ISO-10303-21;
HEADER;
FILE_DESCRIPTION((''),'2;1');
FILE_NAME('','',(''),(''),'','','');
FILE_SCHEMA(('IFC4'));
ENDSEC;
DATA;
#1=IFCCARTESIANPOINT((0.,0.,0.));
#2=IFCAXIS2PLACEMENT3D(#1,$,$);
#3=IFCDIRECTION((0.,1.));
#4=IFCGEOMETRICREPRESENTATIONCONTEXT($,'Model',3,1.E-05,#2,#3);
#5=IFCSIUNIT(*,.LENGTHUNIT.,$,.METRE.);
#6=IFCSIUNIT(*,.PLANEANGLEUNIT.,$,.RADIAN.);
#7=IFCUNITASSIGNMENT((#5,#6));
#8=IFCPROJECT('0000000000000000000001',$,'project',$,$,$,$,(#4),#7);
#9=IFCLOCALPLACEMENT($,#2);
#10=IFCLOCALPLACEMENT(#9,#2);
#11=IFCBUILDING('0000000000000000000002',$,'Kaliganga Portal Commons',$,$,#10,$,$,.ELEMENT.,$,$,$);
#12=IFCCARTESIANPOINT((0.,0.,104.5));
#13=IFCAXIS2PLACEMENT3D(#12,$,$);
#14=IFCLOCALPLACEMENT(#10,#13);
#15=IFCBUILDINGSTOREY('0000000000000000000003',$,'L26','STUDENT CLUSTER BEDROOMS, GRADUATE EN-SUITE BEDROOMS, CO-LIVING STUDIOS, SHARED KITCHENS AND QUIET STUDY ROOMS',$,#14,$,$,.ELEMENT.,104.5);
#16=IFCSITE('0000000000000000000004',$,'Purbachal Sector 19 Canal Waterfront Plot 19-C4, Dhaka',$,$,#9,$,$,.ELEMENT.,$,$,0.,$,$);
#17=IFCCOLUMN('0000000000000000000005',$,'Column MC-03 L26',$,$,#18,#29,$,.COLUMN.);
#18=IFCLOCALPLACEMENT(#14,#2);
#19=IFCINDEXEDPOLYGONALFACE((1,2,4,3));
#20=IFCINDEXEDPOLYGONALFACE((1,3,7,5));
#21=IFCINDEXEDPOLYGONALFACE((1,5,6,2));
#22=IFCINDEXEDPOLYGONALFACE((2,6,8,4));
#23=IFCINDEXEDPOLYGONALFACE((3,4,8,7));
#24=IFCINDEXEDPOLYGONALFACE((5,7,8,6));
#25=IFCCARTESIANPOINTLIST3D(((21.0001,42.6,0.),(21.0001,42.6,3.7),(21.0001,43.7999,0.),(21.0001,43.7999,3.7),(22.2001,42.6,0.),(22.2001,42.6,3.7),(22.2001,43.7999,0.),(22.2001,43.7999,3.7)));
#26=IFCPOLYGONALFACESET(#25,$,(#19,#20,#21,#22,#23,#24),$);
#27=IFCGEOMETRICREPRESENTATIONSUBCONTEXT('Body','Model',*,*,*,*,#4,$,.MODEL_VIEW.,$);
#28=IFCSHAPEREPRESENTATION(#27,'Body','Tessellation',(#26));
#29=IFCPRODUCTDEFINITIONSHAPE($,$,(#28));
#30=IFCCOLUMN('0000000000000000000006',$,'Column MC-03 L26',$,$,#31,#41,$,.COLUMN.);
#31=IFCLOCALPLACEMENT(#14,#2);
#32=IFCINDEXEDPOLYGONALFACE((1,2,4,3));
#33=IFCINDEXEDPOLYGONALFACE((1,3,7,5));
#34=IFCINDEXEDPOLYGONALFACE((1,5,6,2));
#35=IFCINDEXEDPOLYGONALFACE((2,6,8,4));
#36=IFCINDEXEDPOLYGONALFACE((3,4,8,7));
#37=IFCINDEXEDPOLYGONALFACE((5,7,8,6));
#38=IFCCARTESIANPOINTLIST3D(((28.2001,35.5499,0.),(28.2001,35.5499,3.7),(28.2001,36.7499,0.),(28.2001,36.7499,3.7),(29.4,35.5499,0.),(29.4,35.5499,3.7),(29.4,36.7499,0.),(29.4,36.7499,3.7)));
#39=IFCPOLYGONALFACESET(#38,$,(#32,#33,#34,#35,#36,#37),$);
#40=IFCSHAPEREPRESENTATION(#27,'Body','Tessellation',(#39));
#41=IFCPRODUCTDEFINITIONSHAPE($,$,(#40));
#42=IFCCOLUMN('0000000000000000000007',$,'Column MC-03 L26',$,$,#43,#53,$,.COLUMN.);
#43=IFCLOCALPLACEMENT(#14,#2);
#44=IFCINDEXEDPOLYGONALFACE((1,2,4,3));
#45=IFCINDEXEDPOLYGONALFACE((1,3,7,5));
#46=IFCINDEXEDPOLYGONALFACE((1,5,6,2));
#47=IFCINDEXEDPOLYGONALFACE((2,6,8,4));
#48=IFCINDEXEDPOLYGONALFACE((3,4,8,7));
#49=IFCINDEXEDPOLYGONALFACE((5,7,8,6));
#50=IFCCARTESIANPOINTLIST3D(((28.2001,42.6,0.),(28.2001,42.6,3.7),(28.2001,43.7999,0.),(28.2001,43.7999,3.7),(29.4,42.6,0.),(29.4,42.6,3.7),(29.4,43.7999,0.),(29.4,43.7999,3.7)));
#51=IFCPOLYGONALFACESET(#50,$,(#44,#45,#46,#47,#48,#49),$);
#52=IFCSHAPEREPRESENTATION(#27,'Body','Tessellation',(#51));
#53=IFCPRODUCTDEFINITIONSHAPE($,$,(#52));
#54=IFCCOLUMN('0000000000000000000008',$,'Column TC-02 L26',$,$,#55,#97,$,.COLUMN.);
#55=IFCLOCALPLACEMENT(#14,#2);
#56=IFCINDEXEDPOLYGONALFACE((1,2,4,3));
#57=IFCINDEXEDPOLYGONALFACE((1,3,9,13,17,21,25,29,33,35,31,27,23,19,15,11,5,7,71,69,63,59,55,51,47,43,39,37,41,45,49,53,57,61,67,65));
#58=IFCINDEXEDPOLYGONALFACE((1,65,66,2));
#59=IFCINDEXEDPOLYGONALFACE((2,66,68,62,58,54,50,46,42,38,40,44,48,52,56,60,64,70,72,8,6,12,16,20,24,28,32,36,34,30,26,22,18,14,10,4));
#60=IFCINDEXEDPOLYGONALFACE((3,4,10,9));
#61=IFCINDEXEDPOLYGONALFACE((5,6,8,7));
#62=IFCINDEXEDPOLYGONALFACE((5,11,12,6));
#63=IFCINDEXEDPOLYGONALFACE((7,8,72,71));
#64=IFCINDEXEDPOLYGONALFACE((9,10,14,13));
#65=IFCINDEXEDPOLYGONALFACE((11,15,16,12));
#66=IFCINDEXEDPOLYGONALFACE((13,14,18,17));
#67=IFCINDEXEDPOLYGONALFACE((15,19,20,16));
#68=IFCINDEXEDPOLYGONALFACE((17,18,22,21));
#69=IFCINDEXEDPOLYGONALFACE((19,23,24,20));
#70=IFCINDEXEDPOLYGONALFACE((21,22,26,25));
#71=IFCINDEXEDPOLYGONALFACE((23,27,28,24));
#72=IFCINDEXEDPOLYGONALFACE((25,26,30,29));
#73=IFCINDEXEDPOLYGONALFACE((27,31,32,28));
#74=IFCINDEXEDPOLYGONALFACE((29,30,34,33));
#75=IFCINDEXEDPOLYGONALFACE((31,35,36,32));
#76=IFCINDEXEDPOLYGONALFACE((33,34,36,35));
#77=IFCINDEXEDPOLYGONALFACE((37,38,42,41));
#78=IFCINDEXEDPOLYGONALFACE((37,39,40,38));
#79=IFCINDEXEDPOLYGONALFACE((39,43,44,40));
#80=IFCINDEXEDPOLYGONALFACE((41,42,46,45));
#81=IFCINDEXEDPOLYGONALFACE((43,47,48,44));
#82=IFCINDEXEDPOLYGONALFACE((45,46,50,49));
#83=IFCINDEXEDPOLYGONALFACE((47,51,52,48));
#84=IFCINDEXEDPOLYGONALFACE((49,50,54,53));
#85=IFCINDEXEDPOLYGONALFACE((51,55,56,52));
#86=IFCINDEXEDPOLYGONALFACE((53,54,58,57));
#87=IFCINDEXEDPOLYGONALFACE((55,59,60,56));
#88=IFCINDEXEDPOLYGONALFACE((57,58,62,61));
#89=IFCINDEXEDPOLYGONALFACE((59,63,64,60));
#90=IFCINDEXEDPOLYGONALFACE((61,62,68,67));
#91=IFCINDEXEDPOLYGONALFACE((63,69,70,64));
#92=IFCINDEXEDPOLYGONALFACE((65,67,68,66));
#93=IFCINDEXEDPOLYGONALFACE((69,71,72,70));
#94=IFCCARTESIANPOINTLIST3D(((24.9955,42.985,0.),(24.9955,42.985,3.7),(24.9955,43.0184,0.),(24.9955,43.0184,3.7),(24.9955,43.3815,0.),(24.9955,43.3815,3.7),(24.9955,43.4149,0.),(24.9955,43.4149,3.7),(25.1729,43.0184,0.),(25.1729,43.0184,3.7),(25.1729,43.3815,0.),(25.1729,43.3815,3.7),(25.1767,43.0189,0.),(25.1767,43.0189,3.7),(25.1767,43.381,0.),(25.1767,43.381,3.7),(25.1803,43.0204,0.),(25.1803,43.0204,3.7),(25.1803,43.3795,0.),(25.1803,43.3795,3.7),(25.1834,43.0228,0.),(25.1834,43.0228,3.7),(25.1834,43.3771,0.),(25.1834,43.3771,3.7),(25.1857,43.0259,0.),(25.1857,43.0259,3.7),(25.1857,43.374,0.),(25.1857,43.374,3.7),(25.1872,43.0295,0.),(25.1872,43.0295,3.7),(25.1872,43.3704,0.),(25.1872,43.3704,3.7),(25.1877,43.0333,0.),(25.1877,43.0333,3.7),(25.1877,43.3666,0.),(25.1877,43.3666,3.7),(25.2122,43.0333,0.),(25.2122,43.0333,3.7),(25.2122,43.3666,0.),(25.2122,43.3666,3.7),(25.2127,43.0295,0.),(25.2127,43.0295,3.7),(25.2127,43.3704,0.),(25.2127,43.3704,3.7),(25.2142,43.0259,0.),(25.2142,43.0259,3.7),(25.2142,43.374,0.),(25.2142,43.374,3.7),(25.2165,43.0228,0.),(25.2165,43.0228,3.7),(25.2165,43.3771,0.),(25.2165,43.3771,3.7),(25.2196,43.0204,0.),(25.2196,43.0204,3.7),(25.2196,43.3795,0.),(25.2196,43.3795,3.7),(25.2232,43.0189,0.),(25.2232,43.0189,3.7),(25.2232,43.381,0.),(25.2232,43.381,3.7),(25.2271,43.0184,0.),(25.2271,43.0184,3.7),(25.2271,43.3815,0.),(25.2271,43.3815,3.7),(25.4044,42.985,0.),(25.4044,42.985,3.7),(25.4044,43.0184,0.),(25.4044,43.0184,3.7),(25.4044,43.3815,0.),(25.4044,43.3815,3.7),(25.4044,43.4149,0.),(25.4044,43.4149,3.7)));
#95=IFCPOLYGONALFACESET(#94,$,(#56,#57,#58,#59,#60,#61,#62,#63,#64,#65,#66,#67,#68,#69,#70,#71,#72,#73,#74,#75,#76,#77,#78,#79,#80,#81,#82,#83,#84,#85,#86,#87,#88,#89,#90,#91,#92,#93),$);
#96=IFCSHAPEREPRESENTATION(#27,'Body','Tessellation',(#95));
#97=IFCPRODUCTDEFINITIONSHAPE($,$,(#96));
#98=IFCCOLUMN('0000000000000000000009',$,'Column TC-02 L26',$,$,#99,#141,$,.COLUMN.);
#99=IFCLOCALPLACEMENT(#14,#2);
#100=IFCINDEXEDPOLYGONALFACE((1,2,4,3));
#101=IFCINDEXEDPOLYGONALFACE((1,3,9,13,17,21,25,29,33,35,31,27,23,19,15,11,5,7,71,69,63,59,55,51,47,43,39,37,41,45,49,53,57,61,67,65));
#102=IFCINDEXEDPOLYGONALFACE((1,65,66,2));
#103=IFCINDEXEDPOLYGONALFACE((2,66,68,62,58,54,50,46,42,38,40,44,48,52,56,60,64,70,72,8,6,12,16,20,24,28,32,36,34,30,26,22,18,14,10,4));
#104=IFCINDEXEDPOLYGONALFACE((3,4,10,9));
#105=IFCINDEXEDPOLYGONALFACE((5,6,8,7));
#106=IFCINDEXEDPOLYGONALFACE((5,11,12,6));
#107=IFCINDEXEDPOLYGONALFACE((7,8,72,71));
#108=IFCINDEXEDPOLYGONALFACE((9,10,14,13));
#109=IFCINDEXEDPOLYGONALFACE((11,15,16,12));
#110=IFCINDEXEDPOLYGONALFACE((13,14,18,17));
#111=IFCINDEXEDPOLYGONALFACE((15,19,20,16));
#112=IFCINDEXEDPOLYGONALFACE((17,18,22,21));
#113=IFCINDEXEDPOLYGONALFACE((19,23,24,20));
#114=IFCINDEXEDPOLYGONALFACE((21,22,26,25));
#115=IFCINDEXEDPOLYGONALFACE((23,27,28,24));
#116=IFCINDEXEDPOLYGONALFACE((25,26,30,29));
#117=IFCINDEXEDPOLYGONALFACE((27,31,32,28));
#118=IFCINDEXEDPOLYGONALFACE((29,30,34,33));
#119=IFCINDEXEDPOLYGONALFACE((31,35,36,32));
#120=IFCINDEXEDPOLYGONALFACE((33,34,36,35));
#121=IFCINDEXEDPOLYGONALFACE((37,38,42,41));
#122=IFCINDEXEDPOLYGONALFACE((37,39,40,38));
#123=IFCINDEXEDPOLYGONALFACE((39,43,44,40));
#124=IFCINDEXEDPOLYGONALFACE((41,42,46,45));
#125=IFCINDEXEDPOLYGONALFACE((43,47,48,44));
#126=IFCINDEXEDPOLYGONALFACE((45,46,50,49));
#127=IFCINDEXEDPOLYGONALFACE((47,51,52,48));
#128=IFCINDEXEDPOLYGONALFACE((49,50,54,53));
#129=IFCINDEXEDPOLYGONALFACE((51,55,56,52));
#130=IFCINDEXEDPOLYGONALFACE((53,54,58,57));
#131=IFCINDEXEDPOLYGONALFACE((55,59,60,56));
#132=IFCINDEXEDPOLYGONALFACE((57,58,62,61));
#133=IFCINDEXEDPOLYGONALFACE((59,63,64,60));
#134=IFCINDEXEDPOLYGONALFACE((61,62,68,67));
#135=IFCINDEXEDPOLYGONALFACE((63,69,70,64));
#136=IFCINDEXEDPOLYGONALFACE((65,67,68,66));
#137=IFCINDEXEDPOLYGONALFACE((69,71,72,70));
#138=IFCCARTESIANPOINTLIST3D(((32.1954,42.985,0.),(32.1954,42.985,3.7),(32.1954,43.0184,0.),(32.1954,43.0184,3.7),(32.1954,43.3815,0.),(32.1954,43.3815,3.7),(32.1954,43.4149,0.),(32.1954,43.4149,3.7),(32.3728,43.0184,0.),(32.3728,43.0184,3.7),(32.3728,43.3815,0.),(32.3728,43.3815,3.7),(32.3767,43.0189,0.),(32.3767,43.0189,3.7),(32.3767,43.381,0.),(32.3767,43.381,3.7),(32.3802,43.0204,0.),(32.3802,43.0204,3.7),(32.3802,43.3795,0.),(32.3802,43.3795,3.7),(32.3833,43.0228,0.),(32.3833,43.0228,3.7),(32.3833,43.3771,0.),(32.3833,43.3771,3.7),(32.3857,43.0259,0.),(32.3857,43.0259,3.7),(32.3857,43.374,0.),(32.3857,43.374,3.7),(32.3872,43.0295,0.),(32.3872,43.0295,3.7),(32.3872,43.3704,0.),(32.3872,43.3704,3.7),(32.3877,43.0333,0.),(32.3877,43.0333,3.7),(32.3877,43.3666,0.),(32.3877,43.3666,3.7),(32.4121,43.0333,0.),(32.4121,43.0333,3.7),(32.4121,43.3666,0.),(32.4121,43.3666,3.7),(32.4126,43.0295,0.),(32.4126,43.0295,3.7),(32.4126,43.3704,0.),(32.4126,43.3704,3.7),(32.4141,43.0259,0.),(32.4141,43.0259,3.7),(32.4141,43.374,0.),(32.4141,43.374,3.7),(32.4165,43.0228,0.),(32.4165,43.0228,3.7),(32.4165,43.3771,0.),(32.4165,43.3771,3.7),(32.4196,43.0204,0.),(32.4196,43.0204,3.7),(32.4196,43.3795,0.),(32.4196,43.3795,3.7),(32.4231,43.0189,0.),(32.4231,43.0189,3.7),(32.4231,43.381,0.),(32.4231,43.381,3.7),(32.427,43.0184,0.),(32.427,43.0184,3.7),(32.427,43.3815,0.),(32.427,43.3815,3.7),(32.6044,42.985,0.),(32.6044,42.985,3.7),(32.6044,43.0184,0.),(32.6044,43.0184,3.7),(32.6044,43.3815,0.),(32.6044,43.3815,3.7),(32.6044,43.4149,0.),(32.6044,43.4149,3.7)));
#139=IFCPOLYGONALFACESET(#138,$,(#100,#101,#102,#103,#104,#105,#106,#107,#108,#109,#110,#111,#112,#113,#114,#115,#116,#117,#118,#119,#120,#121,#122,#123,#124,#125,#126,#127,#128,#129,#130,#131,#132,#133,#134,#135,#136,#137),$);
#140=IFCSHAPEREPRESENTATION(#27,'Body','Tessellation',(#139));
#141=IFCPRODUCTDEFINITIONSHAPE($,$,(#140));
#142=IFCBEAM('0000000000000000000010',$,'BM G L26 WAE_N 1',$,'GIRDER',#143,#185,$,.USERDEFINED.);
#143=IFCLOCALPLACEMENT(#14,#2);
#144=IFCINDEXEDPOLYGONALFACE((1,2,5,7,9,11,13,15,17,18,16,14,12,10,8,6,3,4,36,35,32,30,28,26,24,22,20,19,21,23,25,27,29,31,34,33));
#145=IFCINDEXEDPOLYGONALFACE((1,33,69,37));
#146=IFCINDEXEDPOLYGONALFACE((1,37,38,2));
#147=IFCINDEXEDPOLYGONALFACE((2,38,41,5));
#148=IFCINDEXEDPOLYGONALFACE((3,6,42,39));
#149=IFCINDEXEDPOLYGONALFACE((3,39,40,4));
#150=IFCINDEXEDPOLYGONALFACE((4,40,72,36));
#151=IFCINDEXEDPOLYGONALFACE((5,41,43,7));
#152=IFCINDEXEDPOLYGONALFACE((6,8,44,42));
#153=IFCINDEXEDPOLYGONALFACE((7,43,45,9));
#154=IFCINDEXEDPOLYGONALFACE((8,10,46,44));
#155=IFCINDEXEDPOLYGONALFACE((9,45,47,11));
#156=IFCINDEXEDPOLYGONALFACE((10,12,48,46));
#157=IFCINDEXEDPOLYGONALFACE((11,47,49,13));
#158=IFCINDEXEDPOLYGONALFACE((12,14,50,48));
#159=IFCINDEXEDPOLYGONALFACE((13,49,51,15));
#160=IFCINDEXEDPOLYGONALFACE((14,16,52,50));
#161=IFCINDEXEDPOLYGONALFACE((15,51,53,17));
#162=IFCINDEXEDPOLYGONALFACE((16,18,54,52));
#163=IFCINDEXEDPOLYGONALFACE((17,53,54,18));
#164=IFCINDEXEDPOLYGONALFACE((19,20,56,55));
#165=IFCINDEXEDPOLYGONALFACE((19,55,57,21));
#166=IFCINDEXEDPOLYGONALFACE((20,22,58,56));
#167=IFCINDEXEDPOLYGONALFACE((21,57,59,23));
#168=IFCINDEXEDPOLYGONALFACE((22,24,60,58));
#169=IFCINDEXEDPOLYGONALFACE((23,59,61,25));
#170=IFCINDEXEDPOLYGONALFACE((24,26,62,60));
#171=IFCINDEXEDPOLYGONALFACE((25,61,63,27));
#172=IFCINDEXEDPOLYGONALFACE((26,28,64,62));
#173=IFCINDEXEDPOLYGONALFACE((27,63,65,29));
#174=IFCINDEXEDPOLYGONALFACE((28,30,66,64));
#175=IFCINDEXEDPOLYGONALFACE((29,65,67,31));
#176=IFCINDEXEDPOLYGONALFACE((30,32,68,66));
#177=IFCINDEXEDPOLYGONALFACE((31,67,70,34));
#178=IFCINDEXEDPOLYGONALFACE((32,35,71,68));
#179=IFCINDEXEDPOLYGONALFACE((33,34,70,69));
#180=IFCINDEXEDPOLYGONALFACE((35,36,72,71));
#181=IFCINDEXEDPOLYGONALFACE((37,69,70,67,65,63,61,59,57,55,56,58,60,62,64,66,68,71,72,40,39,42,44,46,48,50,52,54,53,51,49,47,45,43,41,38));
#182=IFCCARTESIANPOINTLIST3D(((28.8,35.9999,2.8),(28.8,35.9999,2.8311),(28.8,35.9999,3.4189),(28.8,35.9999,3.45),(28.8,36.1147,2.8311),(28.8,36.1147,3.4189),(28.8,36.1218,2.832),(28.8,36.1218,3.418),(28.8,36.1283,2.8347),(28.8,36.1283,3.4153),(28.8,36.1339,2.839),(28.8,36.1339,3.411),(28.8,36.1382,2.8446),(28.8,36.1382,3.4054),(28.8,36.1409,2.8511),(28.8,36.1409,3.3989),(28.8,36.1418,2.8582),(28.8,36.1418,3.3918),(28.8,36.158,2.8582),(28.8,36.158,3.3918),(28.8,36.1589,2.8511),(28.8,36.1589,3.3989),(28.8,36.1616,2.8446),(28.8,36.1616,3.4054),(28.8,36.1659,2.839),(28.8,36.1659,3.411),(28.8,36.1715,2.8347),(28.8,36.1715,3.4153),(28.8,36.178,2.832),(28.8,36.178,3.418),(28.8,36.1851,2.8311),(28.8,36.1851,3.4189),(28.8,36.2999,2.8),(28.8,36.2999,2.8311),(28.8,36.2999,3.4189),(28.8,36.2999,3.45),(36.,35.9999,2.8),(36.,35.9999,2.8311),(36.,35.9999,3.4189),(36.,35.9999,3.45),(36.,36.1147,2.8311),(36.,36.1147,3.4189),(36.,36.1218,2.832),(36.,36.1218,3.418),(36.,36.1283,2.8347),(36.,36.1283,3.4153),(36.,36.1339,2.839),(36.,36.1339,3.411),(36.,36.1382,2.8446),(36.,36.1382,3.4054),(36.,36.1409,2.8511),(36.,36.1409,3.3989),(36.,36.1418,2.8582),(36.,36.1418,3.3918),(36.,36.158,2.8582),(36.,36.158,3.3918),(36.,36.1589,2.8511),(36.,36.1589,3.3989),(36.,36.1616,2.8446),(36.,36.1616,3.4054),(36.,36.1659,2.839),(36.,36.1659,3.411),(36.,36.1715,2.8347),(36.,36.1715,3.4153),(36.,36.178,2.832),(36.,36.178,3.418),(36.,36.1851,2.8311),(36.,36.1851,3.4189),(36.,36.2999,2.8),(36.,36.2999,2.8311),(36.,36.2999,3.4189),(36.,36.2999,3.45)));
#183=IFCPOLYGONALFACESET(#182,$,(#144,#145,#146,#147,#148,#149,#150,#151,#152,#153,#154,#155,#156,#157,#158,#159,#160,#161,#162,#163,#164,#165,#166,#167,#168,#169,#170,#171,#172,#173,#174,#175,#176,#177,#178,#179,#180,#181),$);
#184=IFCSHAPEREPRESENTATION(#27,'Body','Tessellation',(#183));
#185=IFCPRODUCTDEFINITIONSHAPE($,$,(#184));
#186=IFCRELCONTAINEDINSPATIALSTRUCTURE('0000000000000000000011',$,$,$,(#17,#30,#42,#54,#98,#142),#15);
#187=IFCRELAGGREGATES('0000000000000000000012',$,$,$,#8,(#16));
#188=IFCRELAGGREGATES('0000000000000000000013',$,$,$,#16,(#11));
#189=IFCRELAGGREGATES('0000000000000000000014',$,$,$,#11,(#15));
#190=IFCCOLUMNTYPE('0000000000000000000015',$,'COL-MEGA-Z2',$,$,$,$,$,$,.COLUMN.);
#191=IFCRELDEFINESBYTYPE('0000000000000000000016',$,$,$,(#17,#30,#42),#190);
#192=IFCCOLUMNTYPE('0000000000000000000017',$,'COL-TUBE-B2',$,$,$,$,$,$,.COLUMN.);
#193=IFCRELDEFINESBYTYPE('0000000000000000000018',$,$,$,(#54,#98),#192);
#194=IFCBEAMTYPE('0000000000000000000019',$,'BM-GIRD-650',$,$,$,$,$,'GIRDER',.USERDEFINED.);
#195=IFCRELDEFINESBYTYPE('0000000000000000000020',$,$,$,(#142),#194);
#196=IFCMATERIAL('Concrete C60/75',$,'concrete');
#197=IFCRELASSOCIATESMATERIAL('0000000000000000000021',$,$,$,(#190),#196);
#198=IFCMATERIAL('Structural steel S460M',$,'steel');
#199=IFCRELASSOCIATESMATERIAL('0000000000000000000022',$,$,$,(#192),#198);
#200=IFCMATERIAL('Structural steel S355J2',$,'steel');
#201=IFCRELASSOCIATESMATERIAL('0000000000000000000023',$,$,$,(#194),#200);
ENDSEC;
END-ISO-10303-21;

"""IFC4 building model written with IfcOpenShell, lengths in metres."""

from ifc_helpers import new_model, si_unit, direction, frame, origin, origin_2d, place, context, subcontext, project, spatial, rectangle, i_section, extrude, source, transform, mapped, material, material_profile, profile_set, type_object, element, save


model = new_model("IFC4")

# Units and contexts
model_context = context("Model", 3, precision=1e-05, world=origin(), true_north=direction((0.0, 1.0)))
body_context = subcontext(model_context, "Body", "Model", "MODEL_VIEW")
ifc_project = project(units=[si_unit("LENGTHUNIT", "METRE"), si_unit("PLANEANGLEUNIT", "RADIAN")], contexts=[model_context])

# Site, building, storey
site_placement = place(None, origin())
site = spatial("IfcSite", under=ifc_project, at=site_placement, Name="Purbachal Sector 19 Canal Waterfront Plot 19-C4, Dhaka", CompositionType="ELEMENT", RefElevation=0.0)
building_placement = place(site_placement, origin())
building = spatial("IfcBuilding", under=site, at=building_placement, Name="Kaliganga Portal Commons", CompositionType="ELEMENT")
storey_placement = place(building_placement, frame((0.0, 0.0, 104.5)))
storey = spatial("IfcBuildingStorey", under=building, at=storey_placement, Name="L26", Description="STUDENT CLUSTER BEDROOMS, GRADUATE EN-SUITE BEDROOMS, CO-LIVING STUDIOS, SHARED KITCHENS AND QUIET STUDY ROOMS", CompositionType="ELEMENT", Elevation=104.5)

# Columns
ifc_material_1 = material(Name="Concrete C60/75", Category="concrete")
ifc_material_profile_1 = material_profile(ifc_material_1, rectangle(XDim=1.2, YDim=1.2, at=origin_2d()), Name="RC 1200x1200")
ifc_profile_set_1 = profile_set([ifc_material_profile_1], Name="Concrete C60/75")
column_type_1 = type_object("IfcColumnType", Name="COL-MEGA-Z2", PredefinedType="COLUMN", material=ifc_profile_set_1)
shared_shape_1 = source(origin(), body_context, "Body", "SweptSolid", [
    extrude(rectangle(XDim=1.2, YDim=1.2, at=origin_2d()), origin(), (0.0, 0.0, 1.0), 3.7),
])
for number, where, z_axis, x_axis, name in (
    (1, (21.6001, 43.2, 0.0), (0.0, 0.0, 1.0), (1.0, 0.0, 0.0), "Column MC-03 L26"),
    (2, (28.8, 36.1499, 0.0), (0.0, 0.0, 1.0), (1.0, 0.0, 0.0), "Column MC-03 L26"),
    (3, (28.8, 43.2, 0.0), (0.0, 0.0, 1.0), (1.0, 0.0, 0.0), "Column MC-03 L26"),
):
    element("IfcColumn", number, at=place(storey_placement, frame(where, z_axis=z_axis, x_axis=x_axis)), inside=storey, type_object=column_type_1, Name=name, PredefinedType="COLUMN", context=body_context, shape_type="MappedRepresentation", body=[
        mapped(shared_shape_1, transform((0.0, 0.0, 0.0), x_axis=(1.0, 0.0, 0.0), y_axis=(0.0, 1.0, 0.0), z_axis=(0.0, 0.0, 1.0), scale=1.0)),
    ])
ifc_material_2 = material(Name="Structural steel S460M", Category="steel")
ifc_material_profile_2 = material_profile(ifc_material_2, i_section(OverallWidth=0.4089, OverallDepth=0.4299, WebThickness=0.0244, FlangeThickness=0.0334, FilletRadius=0.0149, at=origin_2d()), Name="HD 400x421")
ifc_profile_set_2 = profile_set([ifc_material_profile_2], Name="Structural steel S460M wide-flange")
column_type_2 = type_object("IfcColumnType", Name="COL-TUBE-B2", PredefinedType="COLUMN", material=ifc_profile_set_2)
shared_shape_2 = source(origin(), body_context, "Body", "SweptSolid", [
    extrude(i_section(OverallWidth=0.4089, OverallDepth=0.4299, WebThickness=0.0244, FlangeThickness=0.0334, FilletRadius=0.0149, at=origin_2d()), origin(), (0.0, 0.0, 1.0), 3.7),
])
for number, where, z_axis, x_axis, name in (
    (4, (25.2, 43.2, 0.0), (0.0, 0.0, 1.0), (1.0, 0.0, 0.0), "Column TC-02 L26"),
    (5, (32.3999, 43.2, 0.0), (0.0, 0.0, 1.0), (1.0, 0.0, 0.0), "Column TC-02 L26"),
):
    element("IfcColumn", number, at=place(storey_placement, frame(where, z_axis=z_axis, x_axis=x_axis)), inside=storey, type_object=column_type_2, Name=name, PredefinedType="COLUMN", context=body_context, shape_type="MappedRepresentation", body=[
        mapped(shared_shape_2, transform((0.0, 0.0, 0.0), x_axis=(1.0, 0.0, 0.0), y_axis=(0.0, 1.0, 0.0), z_axis=(0.0, 0.0, 1.0), scale=1.0)),
    ])

# Beam
ifc_material_3 = material(Name="Structural steel S355J2", Category="steel")
ifc_material_profile_3 = material_profile(ifc_material_3, i_section(OverallWidth=0.3, OverallDepth=0.6499, WebThickness=0.0161, FlangeThickness=0.031, FilletRadius=0.0271, at=origin_2d()), Name="HE 650 B")
ifc_profile_set_3 = profile_set([ifc_material_profile_3], Name="Structural steel S355J2 wide-flange")
beam_type_1 = type_object("IfcBeamType", Name="BM-GIRD-650", ElementType="GIRDER", PredefinedType="USERDEFINED", material=ifc_profile_set_3)
shared_shape_3 = source(origin(), body_context, "Body", "SweptSolid", [
    extrude(i_section(OverallWidth=0.3, OverallDepth=0.6499, WebThickness=0.0161, FlangeThickness=0.031, FilletRadius=0.0271, at=origin_2d()), origin(), (0.0, 0.0, 1.0), 7.2),
])
beam_1_placement = place(storey_placement, frame((28.8, 36.1499, 3.125), z_axis=(1.0, 0.0, 0.0), x_axis=(0.0, 1.0, 0.0)))
element("IfcBeam", 6, at=beam_1_placement, inside=storey, type_object=beam_type_1, Name="BM G L26 WAE_N 1", ObjectType="GIRDER", PredefinedType="USERDEFINED", context=body_context, shape_type="MappedRepresentation", body=[
    mapped(shared_shape_3, transform((0.0, 0.0, 0.0), x_axis=(1.0, 0.0, 0.0), y_axis=(0.0, 1.0, 0.0), z_axis=(0.0, 0.0, 1.0), scale=1.0)),
])

save(model, "model.ifc")
